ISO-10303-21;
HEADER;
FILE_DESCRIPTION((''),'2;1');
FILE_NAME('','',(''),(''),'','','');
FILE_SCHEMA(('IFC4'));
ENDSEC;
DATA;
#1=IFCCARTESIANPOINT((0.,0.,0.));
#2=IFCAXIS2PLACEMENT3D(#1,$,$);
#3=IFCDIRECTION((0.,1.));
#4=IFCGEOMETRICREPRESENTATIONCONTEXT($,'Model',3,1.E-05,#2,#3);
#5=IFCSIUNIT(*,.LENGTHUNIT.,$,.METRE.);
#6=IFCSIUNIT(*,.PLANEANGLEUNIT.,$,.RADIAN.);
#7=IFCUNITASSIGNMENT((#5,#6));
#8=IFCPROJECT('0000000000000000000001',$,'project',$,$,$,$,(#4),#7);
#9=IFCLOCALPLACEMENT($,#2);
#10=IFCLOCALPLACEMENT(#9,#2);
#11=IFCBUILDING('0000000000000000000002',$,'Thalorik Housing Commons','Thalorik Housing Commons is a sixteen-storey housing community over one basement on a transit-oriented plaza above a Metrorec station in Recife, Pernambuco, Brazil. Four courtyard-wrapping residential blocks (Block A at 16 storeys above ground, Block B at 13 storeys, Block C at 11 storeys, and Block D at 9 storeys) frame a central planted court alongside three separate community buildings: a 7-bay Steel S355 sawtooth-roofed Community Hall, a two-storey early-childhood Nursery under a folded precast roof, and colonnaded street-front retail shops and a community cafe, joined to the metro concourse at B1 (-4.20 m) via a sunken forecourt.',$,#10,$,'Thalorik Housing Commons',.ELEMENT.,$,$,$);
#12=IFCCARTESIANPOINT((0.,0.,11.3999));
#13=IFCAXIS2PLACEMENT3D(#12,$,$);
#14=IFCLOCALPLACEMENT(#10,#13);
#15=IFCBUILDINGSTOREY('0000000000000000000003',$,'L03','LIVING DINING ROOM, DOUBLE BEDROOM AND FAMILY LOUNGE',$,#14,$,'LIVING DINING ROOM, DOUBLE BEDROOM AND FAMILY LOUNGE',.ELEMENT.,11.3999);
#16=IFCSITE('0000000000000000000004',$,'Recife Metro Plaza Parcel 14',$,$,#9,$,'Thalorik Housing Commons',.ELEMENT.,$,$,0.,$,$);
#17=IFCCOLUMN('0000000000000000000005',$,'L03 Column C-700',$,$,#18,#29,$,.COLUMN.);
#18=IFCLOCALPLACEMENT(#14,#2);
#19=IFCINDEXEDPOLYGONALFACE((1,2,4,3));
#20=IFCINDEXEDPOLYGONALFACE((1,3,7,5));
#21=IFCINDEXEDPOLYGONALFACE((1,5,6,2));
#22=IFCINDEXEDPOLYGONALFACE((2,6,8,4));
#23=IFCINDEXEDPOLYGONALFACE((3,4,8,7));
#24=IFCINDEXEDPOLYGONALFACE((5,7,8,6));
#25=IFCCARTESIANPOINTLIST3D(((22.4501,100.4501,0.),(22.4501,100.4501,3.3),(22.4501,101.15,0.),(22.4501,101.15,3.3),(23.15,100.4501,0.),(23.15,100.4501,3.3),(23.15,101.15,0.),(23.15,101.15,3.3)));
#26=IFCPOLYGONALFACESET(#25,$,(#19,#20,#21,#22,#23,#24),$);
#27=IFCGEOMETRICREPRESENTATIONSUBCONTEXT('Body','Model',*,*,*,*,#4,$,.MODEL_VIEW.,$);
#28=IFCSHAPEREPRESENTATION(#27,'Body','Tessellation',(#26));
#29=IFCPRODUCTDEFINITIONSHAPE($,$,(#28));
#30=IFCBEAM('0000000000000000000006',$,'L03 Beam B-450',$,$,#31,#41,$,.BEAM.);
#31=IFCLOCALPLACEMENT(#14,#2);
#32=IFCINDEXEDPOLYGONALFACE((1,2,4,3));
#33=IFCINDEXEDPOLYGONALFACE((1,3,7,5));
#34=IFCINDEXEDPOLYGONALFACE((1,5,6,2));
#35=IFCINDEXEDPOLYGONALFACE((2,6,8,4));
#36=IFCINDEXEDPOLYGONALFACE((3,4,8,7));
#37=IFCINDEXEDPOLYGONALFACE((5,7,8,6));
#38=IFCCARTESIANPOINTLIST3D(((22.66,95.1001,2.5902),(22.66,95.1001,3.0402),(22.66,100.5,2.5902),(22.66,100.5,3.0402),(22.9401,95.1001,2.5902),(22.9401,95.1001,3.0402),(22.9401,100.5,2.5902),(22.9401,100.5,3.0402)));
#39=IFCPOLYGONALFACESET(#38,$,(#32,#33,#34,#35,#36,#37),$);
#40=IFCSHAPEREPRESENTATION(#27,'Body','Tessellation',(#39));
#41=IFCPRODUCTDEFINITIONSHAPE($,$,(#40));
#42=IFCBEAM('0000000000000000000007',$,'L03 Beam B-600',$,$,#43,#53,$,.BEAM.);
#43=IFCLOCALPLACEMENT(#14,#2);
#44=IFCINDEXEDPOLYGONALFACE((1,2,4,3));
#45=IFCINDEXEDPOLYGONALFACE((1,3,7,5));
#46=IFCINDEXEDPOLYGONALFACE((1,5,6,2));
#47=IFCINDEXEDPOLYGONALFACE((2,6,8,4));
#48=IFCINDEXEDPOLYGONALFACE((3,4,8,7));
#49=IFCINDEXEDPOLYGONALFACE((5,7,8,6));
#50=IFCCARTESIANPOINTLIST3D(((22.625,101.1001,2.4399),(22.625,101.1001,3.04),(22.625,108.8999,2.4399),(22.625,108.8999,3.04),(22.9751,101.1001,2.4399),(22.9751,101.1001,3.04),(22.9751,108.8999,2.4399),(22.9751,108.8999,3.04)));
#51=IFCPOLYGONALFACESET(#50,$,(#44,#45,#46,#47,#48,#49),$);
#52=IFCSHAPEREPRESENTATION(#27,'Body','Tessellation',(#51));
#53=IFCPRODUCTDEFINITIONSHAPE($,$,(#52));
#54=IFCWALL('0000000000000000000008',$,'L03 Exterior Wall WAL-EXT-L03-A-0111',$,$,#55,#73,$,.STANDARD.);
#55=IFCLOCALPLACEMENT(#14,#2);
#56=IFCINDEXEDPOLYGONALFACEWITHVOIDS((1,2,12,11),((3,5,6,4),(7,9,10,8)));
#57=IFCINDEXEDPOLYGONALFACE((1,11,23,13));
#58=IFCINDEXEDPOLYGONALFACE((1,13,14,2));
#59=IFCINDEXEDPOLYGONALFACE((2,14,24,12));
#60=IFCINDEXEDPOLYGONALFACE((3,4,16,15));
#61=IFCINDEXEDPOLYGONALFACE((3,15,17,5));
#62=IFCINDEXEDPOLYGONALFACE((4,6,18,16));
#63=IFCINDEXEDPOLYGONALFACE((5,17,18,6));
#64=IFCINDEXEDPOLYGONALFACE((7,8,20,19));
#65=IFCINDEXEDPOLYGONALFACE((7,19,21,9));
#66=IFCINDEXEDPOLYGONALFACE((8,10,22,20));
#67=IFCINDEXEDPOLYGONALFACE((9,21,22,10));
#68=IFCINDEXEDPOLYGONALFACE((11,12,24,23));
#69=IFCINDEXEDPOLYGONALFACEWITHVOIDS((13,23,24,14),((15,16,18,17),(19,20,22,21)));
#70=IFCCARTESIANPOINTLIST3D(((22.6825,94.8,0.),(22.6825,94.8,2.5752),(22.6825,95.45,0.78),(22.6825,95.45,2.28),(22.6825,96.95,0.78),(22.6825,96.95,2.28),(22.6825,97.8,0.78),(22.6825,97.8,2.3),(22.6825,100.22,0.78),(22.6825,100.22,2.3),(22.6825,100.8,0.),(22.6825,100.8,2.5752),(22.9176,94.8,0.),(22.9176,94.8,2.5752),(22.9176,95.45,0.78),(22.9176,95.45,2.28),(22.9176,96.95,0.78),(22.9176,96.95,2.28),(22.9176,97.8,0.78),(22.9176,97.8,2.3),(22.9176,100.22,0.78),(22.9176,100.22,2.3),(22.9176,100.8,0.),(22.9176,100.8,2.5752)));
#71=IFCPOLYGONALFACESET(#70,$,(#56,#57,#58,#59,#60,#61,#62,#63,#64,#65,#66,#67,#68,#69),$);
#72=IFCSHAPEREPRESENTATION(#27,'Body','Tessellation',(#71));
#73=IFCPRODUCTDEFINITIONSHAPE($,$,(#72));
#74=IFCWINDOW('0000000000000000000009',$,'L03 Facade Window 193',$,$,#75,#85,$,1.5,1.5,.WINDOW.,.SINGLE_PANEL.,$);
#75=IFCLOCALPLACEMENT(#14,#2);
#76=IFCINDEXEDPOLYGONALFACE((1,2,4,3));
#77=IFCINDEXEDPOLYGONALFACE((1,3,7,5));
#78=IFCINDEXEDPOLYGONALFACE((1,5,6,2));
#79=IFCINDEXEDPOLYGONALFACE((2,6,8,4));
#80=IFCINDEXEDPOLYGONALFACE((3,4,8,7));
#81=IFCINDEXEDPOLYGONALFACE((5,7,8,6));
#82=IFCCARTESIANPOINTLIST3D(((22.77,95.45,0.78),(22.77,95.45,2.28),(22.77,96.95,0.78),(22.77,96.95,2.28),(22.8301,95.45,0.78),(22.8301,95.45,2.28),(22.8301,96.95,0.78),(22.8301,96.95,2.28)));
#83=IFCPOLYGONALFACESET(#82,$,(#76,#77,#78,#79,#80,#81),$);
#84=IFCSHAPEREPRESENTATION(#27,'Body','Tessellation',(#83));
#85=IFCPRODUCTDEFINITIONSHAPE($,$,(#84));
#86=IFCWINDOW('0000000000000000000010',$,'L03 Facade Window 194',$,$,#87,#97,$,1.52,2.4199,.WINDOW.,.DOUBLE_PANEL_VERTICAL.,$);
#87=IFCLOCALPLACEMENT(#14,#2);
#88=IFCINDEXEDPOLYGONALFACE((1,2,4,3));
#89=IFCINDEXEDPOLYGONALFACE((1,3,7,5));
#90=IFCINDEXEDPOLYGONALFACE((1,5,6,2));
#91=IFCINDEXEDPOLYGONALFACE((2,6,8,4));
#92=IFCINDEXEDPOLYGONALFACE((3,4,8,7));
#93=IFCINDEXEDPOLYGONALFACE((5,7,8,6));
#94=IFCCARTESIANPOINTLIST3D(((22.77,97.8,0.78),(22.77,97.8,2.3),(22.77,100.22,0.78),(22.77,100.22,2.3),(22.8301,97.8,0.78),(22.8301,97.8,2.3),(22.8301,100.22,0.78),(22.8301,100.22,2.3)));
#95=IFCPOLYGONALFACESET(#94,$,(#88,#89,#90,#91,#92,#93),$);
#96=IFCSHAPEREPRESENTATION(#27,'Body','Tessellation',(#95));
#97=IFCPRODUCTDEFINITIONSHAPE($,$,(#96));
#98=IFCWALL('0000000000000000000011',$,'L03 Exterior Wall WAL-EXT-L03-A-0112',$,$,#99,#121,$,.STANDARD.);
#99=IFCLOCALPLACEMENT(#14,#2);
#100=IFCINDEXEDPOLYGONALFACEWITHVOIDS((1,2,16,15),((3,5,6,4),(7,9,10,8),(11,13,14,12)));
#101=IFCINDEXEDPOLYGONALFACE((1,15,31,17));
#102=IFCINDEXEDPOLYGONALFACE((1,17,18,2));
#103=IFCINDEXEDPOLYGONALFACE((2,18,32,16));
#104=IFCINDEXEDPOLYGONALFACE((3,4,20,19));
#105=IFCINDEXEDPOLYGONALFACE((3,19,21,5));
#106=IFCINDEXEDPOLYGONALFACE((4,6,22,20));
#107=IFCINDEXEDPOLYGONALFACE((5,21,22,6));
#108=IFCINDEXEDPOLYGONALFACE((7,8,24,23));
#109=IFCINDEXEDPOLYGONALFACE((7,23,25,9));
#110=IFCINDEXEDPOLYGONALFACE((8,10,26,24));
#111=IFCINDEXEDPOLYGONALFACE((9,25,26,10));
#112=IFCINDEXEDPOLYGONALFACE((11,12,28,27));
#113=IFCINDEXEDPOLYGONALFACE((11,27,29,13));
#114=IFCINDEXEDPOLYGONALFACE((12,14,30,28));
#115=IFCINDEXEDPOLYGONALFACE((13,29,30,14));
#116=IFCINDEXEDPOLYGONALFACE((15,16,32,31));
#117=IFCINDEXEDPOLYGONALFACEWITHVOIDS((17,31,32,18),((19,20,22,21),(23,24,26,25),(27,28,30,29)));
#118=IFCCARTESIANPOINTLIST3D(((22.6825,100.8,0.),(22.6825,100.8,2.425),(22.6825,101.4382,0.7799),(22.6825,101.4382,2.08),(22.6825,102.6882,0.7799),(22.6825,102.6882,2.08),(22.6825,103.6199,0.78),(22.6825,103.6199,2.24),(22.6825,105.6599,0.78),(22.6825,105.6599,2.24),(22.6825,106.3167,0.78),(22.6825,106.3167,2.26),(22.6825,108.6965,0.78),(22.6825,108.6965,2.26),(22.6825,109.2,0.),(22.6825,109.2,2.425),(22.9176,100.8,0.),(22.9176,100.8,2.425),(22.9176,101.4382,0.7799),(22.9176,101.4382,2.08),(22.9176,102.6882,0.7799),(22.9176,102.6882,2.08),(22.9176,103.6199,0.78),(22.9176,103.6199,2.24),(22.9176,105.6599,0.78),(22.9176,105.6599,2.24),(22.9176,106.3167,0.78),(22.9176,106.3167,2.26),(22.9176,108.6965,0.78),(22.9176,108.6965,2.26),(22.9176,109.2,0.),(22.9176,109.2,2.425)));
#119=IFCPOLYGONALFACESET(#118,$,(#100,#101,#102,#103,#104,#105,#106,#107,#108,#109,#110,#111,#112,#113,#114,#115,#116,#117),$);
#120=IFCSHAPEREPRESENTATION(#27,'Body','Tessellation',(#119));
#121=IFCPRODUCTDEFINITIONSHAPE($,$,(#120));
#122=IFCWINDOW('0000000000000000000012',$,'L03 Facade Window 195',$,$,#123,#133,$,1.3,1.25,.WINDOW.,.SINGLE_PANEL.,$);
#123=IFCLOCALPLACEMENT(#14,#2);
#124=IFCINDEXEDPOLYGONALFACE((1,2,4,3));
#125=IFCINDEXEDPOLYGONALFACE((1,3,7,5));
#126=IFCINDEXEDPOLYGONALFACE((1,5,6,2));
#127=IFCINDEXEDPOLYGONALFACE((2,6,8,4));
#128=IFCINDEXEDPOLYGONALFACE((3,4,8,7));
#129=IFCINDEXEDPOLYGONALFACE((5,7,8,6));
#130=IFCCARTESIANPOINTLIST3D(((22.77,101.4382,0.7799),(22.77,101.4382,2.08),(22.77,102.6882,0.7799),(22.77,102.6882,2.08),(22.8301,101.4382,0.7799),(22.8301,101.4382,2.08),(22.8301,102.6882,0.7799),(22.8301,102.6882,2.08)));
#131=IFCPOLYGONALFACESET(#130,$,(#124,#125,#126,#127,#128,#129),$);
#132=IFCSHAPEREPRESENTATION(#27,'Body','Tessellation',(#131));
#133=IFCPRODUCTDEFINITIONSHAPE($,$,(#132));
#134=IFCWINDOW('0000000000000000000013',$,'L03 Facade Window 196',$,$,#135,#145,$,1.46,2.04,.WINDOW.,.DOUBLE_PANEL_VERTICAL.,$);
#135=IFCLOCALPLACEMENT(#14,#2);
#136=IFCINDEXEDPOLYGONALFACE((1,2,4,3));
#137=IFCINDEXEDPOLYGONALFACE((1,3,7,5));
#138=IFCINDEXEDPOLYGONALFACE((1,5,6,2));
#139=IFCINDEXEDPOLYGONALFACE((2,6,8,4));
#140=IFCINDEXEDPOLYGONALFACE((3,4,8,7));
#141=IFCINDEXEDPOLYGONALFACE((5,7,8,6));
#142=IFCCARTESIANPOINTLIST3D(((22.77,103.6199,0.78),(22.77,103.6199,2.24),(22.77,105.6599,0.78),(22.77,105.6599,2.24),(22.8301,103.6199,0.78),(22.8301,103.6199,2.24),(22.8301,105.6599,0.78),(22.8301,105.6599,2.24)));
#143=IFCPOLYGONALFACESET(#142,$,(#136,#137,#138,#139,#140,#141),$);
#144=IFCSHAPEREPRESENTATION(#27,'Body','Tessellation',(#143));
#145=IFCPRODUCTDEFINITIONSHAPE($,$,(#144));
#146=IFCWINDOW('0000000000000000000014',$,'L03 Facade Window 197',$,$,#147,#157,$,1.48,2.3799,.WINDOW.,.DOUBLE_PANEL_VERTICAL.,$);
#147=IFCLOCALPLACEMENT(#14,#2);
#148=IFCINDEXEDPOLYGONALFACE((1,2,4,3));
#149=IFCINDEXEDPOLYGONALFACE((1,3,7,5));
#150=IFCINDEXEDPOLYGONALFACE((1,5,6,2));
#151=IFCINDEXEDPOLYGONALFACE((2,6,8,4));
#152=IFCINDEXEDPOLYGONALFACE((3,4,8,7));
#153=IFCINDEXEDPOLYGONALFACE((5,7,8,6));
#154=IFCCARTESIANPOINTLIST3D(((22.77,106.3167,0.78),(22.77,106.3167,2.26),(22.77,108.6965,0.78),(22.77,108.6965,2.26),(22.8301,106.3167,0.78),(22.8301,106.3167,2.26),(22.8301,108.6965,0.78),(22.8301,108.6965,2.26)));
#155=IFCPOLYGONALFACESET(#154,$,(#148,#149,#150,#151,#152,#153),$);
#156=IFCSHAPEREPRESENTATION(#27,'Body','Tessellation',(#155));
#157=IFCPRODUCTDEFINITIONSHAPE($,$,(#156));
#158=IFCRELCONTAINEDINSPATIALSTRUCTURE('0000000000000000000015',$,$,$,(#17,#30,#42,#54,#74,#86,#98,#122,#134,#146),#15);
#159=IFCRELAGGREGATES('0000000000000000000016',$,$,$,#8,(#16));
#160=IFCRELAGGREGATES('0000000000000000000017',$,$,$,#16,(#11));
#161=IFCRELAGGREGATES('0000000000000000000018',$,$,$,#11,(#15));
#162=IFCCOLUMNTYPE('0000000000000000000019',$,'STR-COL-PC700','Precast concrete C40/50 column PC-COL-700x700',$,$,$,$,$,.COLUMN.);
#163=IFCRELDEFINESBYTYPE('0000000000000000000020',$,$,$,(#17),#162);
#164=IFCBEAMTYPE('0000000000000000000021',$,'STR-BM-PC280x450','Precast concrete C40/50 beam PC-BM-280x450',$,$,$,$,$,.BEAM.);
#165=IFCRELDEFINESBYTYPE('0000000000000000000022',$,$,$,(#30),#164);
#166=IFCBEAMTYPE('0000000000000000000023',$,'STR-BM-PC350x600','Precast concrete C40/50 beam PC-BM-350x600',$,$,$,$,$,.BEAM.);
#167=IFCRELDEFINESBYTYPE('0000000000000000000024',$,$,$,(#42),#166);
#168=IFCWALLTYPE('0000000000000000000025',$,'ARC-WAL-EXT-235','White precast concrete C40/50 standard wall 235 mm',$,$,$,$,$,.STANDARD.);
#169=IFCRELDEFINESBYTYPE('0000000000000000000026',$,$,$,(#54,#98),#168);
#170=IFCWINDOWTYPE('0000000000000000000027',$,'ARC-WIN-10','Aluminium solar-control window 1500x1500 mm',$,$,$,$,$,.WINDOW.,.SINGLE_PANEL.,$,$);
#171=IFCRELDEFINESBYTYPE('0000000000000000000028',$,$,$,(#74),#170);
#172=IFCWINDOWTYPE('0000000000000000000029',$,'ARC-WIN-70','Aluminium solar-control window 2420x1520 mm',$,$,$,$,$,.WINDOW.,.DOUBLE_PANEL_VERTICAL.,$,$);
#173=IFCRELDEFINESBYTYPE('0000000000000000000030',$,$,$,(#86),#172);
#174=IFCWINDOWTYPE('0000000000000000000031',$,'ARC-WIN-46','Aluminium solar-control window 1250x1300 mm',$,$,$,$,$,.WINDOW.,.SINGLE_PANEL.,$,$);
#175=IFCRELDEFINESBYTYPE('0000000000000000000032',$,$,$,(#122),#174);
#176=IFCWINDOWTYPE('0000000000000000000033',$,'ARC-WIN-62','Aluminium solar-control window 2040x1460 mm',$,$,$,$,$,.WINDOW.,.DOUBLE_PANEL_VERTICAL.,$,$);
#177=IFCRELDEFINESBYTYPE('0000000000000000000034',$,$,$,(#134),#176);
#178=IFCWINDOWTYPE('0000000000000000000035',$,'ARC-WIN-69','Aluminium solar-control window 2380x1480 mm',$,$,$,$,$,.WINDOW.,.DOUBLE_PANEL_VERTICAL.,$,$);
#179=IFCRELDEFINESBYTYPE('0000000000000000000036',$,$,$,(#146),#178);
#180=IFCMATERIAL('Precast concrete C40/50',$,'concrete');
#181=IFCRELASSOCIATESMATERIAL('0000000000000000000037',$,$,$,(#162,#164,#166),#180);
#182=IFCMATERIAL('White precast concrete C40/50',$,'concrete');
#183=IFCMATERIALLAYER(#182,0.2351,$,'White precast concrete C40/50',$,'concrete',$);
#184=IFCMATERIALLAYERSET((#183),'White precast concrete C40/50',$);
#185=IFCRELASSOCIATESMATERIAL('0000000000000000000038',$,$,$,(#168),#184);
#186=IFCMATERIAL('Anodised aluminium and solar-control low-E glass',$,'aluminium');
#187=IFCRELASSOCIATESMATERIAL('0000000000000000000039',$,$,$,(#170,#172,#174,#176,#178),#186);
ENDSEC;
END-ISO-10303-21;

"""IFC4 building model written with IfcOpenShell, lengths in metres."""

from ifc_helpers import new_model, si_unit, direction, frame, frame_2d, origin, origin_2d, place, context, subcontext, project, spatial, rectangle, extrude, material, layer, layer_set, material_profile, profile_set, type_object, element, fill, save


model = new_model("IFC4")

# Units and contexts
model_context = context("Model", 3, precision=1e-05, world=origin(), true_north=direction((0.0, 1.0)))
body_context = subcontext(model_context, "Body", "Model", "MODEL_VIEW")
ifc_project = project(units=[si_unit("LENGTHUNIT", "METRE"), si_unit("PLANEANGLEUNIT", "RADIAN")], contexts=[model_context])

# Site, building, storey
site_placement = place(None, origin())
site = spatial("IfcSite", under=ifc_project, at=site_placement, Name="Recife Metro Plaza Parcel 14", LongName="Thalorik Housing Commons", CompositionType="ELEMENT", RefElevation=0.0)
building_placement = place(site_placement, origin())
building = spatial("IfcBuilding", under=site, at=building_placement, Name="Thalorik Housing Commons", Description="Thalorik Housing Commons is a sixteen-storey housing community over one basement on a transit-oriented plaza above a Metrorec station in Recife, Pernambuco, Brazil. Four courtyard-wrapping residential blocks (Block A at 16 storeys above ground, Block B at 13 storeys, Block C at 11 storeys, and Block D at 9 storeys) frame a central planted court alongside three separate community buildings: a 7-bay Steel S355 sawtooth-roofed Community Hall, a two-storey early-childhood Nursery under a folded precast roof, and colonnaded street-front retail shops and a community cafe, joined to the metro concourse at B1 (-4.20 m) via a sunken forecourt.", LongName="Thalorik Housing Commons", CompositionType="ELEMENT")
storey_placement = place(building_placement, frame((0.0, 0.0, 11.3999)))
storey = spatial("IfcBuildingStorey", under=building, at=storey_placement, Name="L03", Description="LIVING DINING ROOM, DOUBLE BEDROOM AND FAMILY LOUNGE", LongName="LIVING DINING ROOM, DOUBLE BEDROOM AND FAMILY LOUNGE", CompositionType="ELEMENT", Elevation=11.3999)

# Column
ifc_material_1 = material(Name="Precast concrete C40/50", Category="concrete")
ifc_material_profile_1 = material_profile(ifc_material_1, rectangle(XDim=0.7, YDim=0.7, at=origin_2d()), Name="PC 700x700", Category="concrete")
ifc_profile_set_1 = profile_set([ifc_material_profile_1], Name="Precast concrete C40/50")
column_type = type_object("IfcColumnType", Name="STR-COL-PC700", Description="Precast concrete C40/50 column PC-COL-700x700", PredefinedType="COLUMN", material=ifc_profile_set_1)
column_placement = place(storey_placement, frame((22.8, 100.8, 0.0), z_axis=(0.0, 0.0, 1.0), x_axis=(1.0, 0.0, 0.0)))
element("IfcColumn", 1, at=column_placement, inside=storey, type_object=column_type, Name="L03 Column C-700", PredefinedType="COLUMN", context=body_context, shape_type="SweptSolid", body=[
    extrude(rectangle(XDim=0.7, YDim=0.7, at=origin_2d()), origin(), (0.0, 0.0, 1.0), 3.3),
])

# Beams
ifc_material_profile_2 = material_profile(ifc_material_1, rectangle(XDim=0.28, YDim=0.45, at=origin_2d()), Name="PC 280x450", Category="concrete")
ifc_profile_set_2 = profile_set([ifc_material_profile_2], Name="Precast concrete C40/50")
beam_type_1 = type_object("IfcBeamType", Name="STR-BM-PC280x450", Description="Precast concrete C40/50 beam PC-BM-280x450", PredefinedType="BEAM", material=ifc_profile_set_2)
beam_1_placement = place(storey_placement, frame((22.8, 95.1001, 2.8152), z_axis=(0.0, 1.0, 0.0), x_axis=(-1.0, 0.0, 0.0)))
element("IfcBeam", 2, at=beam_1_placement, inside=storey, type_object=beam_type_1, Name="L03 Beam B-450", PredefinedType="BEAM", context=body_context, shape_type="SweptSolid", body=[
    extrude(rectangle(XDim=0.28, YDim=0.45, at=origin_2d()), origin(), (0.0, 0.0, 1.0), 5.3999),
])
ifc_material_profile_3 = material_profile(ifc_material_1, rectangle(XDim=0.3501, YDim=0.6001, at=origin_2d()), Name="PC 350x600", Category="concrete")
ifc_profile_set_3 = profile_set([ifc_material_profile_3], Name="Precast concrete C40/50")
beam_type_2 = type_object("IfcBeamType", Name="STR-BM-PC350x600", Description="Precast concrete C40/50 beam PC-BM-350x600", PredefinedType="BEAM", material=ifc_profile_set_3)
beam_2_placement = place(storey_placement, frame((22.8, 101.1001, 2.74), z_axis=(0.0, 1.0, 0.0), x_axis=(-1.0, 0.0, 0.0)))
element("IfcBeam", 3, at=beam_2_placement, inside=storey, type_object=beam_type_2, Name="L03 Beam B-600", PredefinedType="BEAM", context=body_context, shape_type="SweptSolid", body=[
    extrude(rectangle(XDim=0.3501, YDim=0.6001, at=origin_2d()), origin(), (0.0, 0.0, 1.0), 7.7998),
])

# Walls, openings, windows
ifc_material_2 = material(Name="White precast concrete C40/50", Category="concrete")
ifc_layer_1 = layer(ifc_material_2, 0.2351, Name="White precast concrete C40/50", Category="concrete")
ifc_layer_set_1 = layer_set([ifc_layer_1], Name="White precast concrete C40/50")
wall_type = type_object("IfcWallType", Name="ARC-WAL-EXT-235", Description="White precast concrete C40/50 standard wall 235 mm", PredefinedType="STANDARD", material=ifc_layer_set_1)
wall_1_placement = place(storey_placement, frame((22.8, 94.8, 0.0), z_axis=(0.0, 0.0, 1.0), x_axis=(0.0, 1.0, 0.0)))
wall_1 = element("IfcWall", 4, at=wall_1_placement, inside=storey, type_object=wall_type, Name="L03 Exterior Wall WAL-EXT-L03-A-0111", PredefinedType="STANDARD", context=body_context, shape_type="SweptSolid", body=[
    extrude(rectangle(XDim=6.0, YDim=0.2351, at=frame_2d((3.0, 0.0))), origin(), (0.0, 0.0, 1.0), 2.5752),
])
opening_1_placement = place(wall_1_placement, frame((0.6499, 0.0, 0.78)))
opening_1 = element("IfcOpeningElement", 5, at=opening_1_placement, cuts=wall_1, PredefinedType="OPENING", context=body_context, shape_type="SweptSolid", body=[
    extrude(rectangle(XDim=1.5, YDim=1.5, at=frame_2d((0.75, 0.75))), frame((0.0, 0.1274, 0.0), z_axis=(0.0, -1.0, 0.0), x_axis=(1.0, 0.0, 0.0)), (0.0, 0.0, 1.0), 0.2551),
])
opening_2_placement = place(wall_1_placement, frame((3.0, 0.0, 0.78)))
opening_2 = element("IfcOpeningElement", 6, at=opening_2_placement, cuts=wall_1, PredefinedType="OPENING", context=body_context, shape_type="SweptSolid", body=[
    extrude(rectangle(XDim=2.4199, YDim=1.52, at=frame_2d((1.21, 0.76))), frame((0.0, 0.1274, 0.0), z_axis=(0.0, -1.0, 0.0), x_axis=(1.0, 0.0, 0.0)), (0.0, 0.0, 1.0), 0.2551),
])
ifc_material_3 = material(Name="Anodised aluminium and solar-control low-E glass", Category="aluminium")
window_type_1 = type_object("IfcWindowType", Name="ARC-WIN-10", Description="Aluminium solar-control window 1500x1500 mm", PartitioningType="SINGLE_PANEL", PredefinedType="WINDOW", material=ifc_material_3)
window_1_placement = place(opening_1_placement, origin())
window_1 = element("IfcWindow", 7, at=window_1_placement, inside=storey, type_object=window_type_1, Name="L03 Facade Window 193", OverallHeight=1.5, OverallWidth=1.5, PartitioningType="SINGLE_PANEL", PredefinedType="WINDOW", context=body_context, shape_type="SweptSolid", body=[
    extrude(rectangle(XDim=1.5, YDim=1.5, at=frame_2d((0.75, 0.75))), frame((0.0, 0.03, 0.0), z_axis=(0.0, -1.0, 0.0), x_axis=(1.0, 0.0, 0.0)), (0.0, 0.0, 1.0), 0.0601),
])
fill(opening_1, window_1)
window_type_2 = type_object("IfcWindowType", Name="ARC-WIN-70", Description="Aluminium solar-control window 2420x1520 mm", PartitioningType="DOUBLE_PANEL_VERTICAL", PredefinedType="WINDOW", material=ifc_material_3)
window_2_placement = place(opening_2_placement, origin())
window_2 = element("IfcWindow", 8, at=window_2_placement, inside=storey, type_object=window_type_2, Name="L03 Facade Window 194", OverallHeight=1.52, OverallWidth=2.4199, PartitioningType="DOUBLE_PANEL_VERTICAL", PredefinedType="WINDOW", context=body_context, shape_type="SweptSolid", body=[
    extrude(rectangle(XDim=2.4199, YDim=1.52, at=frame_2d((1.21, 0.76))), frame((0.0, 0.03, 0.0), z_axis=(0.0, -1.0, 0.0), x_axis=(1.0, 0.0, 0.0)), (0.0, 0.0, 1.0), 0.0601),
])
fill(opening_2, window_2)
wall_2_placement = place(storey_placement, frame((22.8, 100.8, 0.0), z_axis=(0.0, 0.0, 1.0), x_axis=(0.0, 1.0, 0.0)))
wall_2 = element("IfcWall", 9, at=wall_2_placement, inside=storey, type_object=wall_type, Name="L03 Exterior Wall WAL-EXT-L03-A-0112", PredefinedType="STANDARD", context=body_context, shape_type="SweptSolid", body=[
    extrude(rectangle(XDim=8.3999, YDim=0.2351, at=frame_2d((4.2, 0.0))), origin(), (0.0, 0.0, 1.0), 2.425),
])
opening_3_placement = place(wall_2_placement, frame((0.6382, 0.0, 0.78)))
opening_3 = element("IfcOpeningElement", 10, at=opening_3_placement, cuts=wall_2, PredefinedType="OPENING", context=body_context, shape_type="SweptSolid", body=[
    extrude(rectangle(XDim=1.25, YDim=1.3, at=frame_2d((0.625, 0.6499))), frame((0.0, 0.1274, 0.0), z_axis=(0.0, -1.0, 0.0), x_axis=(1.0, 0.0, 0.0)), (0.0, 0.0, 1.0), 0.2551),
])
opening_4_placement = place(wall_2_placement, frame((2.8198, 0.0, 0.78)))
opening_4 = element("IfcOpeningElement", 11, at=opening_4_placement, cuts=wall_2, PredefinedType="OPENING", context=body_context, shape_type="SweptSolid", body=[
    extrude(rectangle(XDim=2.04, YDim=1.46, at=frame_2d((1.02, 0.73))), frame((0.0, 0.1274, 0.0), z_axis=(0.0, -1.0, 0.0), x_axis=(1.0, 0.0, 0.0)), (0.0, 0.0, 1.0), 0.2551),
])
opening_5_placement = place(wall_2_placement, frame((5.5166, 0.0, 0.78)))
opening_5 = element("IfcOpeningElement", 12, at=opening_5_placement, cuts=wall_2, PredefinedType="OPENING", context=body_context, shape_type="SweptSolid", body=[
    extrude(rectangle(XDim=2.3799, YDim=1.48, at=frame_2d((1.1899, 0.74))), frame((0.0, 0.1274, 0.0), z_axis=(0.0, -1.0, 0.0), x_axis=(1.0, 0.0, 0.0)), (0.0, 0.0, 1.0), 0.2551),
])
window_type_3 = type_object("IfcWindowType", Name="ARC-WIN-46", Description="Aluminium solar-control window 1250x1300 mm", PartitioningType="SINGLE_PANEL", PredefinedType="WINDOW", material=ifc_material_3)
window_3_placement = place(opening_3_placement, origin())
window_3 = element("IfcWindow", 13, at=window_3_placement, inside=storey, type_object=window_type_3, Name="L03 Facade Window 195", OverallHeight=1.3, OverallWidth=1.25, PartitioningType="SINGLE_PANEL", PredefinedType="WINDOW", context=body_context, shape_type="SweptSolid", body=[
    extrude(rectangle(XDim=1.25, YDim=1.3, at=frame_2d((0.625, 0.6499))), frame((0.0, 0.03, 0.0), z_axis=(0.0, -1.0, 0.0), x_axis=(1.0, 0.0, 0.0)), (0.0, 0.0, 1.0), 0.0601),
])
fill(opening_3, window_3)
window_type_4 = type_object("IfcWindowType", Name="ARC-WIN-62", Description="Aluminium solar-control window 2040x1460 mm", PartitioningType="DOUBLE_PANEL_VERTICAL", PredefinedType="WINDOW", material=ifc_material_3)
window_4_placement = place(opening_4_placement, origin())
window_4 = element("IfcWindow", 14, at=window_4_placement, inside=storey, type_object=window_type_4, Name="L03 Facade Window 196", OverallHeight=1.46, OverallWidth=2.04, PartitioningType="DOUBLE_PANEL_VERTICAL", PredefinedType="WINDOW", context=body_context, shape_type="SweptSolid", body=[
    extrude(rectangle(XDim=2.04, YDim=1.46, at=frame_2d((1.02, 0.73))), frame((0.0, 0.03, 0.0), z_axis=(0.0, -1.0, 0.0), x_axis=(1.0, 0.0, 0.0)), (0.0, 0.0, 1.0), 0.0601),
])
fill(opening_4, window_4)
window_type_5 = type_object("IfcWindowType", Name="ARC-WIN-69", Description="Aluminium solar-control window 2380x1480 mm", PartitioningType="DOUBLE_PANEL_VERTICAL", PredefinedType="WINDOW", material=ifc_material_3)
window_5_placement = place(opening_5_placement, origin())
window_5 = element("IfcWindow", 15, at=window_5_placement, inside=storey, type_object=window_type_5, Name="L03 Facade Window 197", OverallHeight=1.48, OverallWidth=2.3799, PartitioningType="DOUBLE_PANEL_VERTICAL", PredefinedType="WINDOW", context=body_context, shape_type="SweptSolid", body=[
    extrude(rectangle(XDim=2.3799, YDim=1.48, at=frame_2d((1.1899, 0.74))), frame((0.0, 0.03, 0.0), z_axis=(0.0, -1.0, 0.0), x_axis=(1.0, 0.0, 0.0)), (0.0, 0.0, 1.0), 0.0601),
])
fill(opening_5, window_5)

save(model, "model.ifc")
